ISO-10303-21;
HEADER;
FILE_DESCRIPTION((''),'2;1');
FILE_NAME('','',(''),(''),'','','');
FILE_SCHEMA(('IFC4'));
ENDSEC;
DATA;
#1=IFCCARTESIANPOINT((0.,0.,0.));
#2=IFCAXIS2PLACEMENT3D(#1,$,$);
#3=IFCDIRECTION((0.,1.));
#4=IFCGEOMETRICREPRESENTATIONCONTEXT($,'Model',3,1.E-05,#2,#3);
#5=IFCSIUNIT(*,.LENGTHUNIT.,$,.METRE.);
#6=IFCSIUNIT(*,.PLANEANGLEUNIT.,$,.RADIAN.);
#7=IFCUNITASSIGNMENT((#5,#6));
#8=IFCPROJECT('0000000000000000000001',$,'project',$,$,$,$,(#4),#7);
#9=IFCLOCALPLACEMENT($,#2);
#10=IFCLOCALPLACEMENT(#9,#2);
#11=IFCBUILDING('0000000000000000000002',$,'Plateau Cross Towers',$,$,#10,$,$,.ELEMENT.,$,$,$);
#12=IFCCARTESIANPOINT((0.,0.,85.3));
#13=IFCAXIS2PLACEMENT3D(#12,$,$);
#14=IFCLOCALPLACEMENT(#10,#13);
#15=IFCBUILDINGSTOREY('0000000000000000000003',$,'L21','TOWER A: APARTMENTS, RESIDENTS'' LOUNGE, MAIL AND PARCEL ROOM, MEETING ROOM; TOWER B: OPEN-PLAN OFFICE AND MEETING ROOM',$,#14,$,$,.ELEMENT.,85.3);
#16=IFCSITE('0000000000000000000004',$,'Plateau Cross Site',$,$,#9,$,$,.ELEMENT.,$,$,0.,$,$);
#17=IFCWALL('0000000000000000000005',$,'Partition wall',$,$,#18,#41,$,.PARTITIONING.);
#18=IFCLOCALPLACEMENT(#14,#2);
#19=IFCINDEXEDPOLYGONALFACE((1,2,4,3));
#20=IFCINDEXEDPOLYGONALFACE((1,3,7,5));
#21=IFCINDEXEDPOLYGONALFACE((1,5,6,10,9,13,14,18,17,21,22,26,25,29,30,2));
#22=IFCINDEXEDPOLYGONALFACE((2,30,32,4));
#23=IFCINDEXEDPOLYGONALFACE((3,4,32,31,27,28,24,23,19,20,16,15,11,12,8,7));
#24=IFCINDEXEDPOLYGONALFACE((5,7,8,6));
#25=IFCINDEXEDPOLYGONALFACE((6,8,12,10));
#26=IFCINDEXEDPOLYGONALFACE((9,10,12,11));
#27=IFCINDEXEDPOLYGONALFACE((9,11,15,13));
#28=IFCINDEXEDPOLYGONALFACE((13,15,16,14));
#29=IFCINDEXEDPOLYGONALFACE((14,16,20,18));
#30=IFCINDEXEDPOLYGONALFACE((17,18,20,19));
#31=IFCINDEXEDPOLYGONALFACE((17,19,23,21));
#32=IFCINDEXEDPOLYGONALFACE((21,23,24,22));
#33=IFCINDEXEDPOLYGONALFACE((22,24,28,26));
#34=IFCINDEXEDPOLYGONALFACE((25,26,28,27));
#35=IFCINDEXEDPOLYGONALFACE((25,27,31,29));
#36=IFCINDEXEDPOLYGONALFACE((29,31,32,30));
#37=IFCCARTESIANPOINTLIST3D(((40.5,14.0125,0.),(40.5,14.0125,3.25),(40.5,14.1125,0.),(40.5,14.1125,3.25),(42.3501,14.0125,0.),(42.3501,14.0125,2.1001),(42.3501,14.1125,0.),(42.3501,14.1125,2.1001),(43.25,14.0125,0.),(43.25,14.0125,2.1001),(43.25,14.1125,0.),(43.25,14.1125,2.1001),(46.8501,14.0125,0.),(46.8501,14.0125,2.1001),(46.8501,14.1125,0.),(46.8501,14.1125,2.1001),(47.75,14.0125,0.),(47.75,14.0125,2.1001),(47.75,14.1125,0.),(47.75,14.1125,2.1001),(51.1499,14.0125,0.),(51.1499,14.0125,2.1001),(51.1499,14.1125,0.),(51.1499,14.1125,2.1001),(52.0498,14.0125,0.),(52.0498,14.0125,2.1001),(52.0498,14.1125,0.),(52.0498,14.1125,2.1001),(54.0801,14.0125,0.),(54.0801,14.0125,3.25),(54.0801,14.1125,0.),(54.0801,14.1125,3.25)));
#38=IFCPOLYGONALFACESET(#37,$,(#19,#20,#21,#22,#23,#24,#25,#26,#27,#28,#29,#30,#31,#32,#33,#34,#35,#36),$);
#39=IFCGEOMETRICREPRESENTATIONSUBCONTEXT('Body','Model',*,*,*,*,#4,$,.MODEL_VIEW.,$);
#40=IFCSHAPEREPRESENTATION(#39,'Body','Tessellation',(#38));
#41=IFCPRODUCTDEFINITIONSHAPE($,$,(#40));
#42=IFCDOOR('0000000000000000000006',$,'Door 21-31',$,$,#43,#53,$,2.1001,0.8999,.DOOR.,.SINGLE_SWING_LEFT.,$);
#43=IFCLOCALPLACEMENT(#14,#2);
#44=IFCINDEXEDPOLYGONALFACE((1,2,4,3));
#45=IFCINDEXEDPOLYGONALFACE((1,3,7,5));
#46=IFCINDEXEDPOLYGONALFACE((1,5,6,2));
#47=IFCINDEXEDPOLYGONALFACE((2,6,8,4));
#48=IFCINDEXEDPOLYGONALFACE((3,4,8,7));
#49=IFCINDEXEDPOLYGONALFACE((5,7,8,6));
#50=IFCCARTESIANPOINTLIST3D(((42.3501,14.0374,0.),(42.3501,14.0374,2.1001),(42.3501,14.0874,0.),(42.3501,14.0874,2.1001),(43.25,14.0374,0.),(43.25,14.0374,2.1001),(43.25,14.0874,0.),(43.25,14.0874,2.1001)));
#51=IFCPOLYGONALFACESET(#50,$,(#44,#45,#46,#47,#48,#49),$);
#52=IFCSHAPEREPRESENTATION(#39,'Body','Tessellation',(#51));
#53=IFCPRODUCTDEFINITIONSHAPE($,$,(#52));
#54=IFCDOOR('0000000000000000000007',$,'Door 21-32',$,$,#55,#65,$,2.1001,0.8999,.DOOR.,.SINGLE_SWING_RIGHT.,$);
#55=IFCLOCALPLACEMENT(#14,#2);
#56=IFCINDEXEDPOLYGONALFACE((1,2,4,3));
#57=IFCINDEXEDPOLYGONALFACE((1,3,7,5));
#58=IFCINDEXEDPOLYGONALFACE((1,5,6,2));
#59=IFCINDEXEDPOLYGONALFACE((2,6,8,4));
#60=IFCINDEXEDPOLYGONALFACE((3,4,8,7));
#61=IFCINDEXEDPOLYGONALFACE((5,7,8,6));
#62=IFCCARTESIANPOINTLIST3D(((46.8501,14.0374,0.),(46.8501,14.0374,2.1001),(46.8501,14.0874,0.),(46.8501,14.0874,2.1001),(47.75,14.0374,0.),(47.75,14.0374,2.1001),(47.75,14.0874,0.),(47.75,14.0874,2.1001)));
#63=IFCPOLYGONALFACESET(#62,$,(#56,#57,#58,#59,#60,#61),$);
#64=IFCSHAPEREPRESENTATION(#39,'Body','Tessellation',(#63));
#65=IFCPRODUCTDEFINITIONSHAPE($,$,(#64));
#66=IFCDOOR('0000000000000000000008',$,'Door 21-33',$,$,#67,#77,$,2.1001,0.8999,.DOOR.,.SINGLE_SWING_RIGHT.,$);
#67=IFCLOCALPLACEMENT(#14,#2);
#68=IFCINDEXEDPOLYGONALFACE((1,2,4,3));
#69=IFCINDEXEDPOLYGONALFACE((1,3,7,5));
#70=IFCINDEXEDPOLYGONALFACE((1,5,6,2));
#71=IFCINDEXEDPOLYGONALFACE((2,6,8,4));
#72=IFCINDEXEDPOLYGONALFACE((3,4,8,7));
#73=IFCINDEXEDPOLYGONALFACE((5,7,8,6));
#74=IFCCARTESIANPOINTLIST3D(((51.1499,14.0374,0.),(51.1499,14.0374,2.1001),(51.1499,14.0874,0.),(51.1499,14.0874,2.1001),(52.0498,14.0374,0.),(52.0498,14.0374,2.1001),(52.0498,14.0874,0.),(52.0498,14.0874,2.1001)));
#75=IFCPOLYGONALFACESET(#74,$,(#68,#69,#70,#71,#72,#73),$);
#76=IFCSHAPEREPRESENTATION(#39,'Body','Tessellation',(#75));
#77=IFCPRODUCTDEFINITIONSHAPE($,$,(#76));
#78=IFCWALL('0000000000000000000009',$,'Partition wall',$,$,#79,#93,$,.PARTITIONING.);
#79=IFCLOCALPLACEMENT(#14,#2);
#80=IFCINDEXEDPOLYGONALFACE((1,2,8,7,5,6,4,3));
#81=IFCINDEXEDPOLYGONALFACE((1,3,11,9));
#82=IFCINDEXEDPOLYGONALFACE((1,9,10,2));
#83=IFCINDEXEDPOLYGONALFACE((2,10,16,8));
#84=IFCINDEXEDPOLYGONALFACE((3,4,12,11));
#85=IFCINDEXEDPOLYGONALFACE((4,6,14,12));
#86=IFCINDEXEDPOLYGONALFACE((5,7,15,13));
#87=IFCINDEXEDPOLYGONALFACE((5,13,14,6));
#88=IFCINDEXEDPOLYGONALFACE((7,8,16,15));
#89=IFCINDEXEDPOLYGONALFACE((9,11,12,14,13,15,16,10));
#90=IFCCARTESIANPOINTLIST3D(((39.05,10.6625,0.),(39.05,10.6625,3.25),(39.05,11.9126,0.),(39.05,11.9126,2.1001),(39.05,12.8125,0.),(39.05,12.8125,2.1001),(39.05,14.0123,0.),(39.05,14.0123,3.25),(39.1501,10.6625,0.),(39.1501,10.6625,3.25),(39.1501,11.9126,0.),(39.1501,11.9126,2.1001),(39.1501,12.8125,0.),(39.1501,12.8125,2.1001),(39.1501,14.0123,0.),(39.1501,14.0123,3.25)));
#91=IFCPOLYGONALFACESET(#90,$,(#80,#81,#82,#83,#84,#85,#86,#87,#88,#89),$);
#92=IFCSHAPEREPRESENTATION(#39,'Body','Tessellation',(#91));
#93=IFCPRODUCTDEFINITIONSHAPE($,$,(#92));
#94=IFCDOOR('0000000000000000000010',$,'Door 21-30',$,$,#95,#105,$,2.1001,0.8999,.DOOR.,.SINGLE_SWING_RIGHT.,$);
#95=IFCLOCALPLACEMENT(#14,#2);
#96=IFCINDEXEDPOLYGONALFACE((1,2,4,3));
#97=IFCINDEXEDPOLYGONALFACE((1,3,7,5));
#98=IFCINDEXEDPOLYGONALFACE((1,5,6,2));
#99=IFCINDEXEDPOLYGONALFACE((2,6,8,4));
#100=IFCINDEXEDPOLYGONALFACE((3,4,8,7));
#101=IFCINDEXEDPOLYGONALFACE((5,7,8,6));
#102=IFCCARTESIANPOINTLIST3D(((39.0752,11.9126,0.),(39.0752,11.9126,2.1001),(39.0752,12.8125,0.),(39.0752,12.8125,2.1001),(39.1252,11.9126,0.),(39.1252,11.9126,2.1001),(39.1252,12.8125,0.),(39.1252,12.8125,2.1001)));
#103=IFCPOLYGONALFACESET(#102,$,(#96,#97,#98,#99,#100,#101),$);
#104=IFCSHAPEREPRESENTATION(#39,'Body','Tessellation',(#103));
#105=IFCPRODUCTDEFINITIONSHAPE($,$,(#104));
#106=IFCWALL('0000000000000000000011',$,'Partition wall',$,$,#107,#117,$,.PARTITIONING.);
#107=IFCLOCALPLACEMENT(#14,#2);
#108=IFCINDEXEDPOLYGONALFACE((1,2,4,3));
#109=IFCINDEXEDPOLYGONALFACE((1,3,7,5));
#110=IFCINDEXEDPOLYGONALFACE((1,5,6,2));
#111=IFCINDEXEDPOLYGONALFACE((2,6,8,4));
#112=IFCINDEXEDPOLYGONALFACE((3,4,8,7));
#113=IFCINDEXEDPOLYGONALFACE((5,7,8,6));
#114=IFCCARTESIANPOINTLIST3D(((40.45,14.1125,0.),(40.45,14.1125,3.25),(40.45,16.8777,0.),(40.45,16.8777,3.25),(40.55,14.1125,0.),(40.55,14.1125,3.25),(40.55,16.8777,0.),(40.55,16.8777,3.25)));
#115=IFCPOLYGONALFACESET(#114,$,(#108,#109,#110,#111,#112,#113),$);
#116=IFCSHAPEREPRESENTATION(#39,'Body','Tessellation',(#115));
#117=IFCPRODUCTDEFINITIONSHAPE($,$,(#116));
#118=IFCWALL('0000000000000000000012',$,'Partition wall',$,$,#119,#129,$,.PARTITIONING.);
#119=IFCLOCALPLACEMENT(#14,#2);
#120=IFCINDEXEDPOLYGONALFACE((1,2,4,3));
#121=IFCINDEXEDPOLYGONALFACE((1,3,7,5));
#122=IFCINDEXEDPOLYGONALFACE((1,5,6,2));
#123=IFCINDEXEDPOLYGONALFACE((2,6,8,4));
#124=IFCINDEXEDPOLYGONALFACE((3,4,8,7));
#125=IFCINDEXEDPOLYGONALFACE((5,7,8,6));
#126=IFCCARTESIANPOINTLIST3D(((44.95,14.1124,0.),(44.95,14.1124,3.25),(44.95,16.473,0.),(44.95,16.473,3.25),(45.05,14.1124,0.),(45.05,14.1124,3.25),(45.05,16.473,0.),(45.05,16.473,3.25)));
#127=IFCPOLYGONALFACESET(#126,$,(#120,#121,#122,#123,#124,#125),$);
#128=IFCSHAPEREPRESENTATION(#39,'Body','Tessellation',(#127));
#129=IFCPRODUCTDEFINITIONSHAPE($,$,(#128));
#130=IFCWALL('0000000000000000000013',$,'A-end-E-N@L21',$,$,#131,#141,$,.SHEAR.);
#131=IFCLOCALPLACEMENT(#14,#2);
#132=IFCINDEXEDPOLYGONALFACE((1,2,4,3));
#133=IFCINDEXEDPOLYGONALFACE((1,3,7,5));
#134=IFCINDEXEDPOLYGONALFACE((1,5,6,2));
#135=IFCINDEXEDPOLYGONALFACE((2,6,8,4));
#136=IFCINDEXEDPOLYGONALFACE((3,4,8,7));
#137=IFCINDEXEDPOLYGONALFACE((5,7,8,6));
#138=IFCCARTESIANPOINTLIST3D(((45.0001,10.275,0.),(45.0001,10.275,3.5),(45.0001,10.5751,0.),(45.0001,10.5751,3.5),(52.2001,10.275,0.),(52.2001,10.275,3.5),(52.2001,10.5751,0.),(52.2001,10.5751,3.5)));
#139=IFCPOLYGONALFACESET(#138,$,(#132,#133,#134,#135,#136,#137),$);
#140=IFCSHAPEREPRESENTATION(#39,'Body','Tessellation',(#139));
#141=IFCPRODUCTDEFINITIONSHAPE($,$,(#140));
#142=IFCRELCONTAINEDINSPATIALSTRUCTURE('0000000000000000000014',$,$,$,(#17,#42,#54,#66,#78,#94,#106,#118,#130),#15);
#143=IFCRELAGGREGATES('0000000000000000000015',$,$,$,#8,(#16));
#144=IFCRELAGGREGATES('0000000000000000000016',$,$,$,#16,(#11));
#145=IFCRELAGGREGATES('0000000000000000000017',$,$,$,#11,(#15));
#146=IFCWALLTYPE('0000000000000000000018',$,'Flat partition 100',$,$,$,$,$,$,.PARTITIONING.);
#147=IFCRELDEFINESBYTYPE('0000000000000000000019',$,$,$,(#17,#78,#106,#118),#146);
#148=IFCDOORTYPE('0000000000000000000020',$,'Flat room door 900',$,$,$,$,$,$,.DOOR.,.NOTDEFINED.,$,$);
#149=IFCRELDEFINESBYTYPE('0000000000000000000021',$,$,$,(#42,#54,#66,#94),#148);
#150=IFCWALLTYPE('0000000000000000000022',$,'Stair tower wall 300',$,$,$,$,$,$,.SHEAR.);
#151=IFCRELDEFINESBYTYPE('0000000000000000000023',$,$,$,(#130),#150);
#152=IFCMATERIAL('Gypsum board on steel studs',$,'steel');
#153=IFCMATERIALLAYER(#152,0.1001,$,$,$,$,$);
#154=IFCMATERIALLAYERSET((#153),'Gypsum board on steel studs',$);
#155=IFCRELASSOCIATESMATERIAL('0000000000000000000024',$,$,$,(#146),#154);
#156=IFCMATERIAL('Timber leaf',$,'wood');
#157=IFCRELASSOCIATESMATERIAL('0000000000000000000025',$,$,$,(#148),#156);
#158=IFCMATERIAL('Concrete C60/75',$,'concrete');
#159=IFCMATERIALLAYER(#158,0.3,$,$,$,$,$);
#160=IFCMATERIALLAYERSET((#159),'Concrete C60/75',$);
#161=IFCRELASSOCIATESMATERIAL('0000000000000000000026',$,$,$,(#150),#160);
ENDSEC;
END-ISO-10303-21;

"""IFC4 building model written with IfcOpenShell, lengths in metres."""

from ifc_helpers import new_model, si_unit, direction, frame, frame_2d, origin, place, context, subcontext, project, spatial, rectangle, extrude, material, layer, layer_set, type_object, element, fill, save


model = new_model("IFC4")

# Units and contexts
model_context = context("Model", 3, precision=1e-05, world=origin(), true_north=direction((0.0, 1.0)))
body_context = subcontext(model_context, "Body", "Model", "MODEL_VIEW")
ifc_project = project(units=[si_unit("LENGTHUNIT", "METRE"), si_unit("PLANEANGLEUNIT", "RADIAN")], contexts=[model_context])

# Site, building, storey
site_placement = place(None, origin())
site = spatial("IfcSite", under=ifc_project, at=site_placement, Name="Plateau Cross Site", CompositionType="ELEMENT", RefElevation=0.0)
building_placement = place(site_placement, origin())
building = spatial("IfcBuilding", under=site, at=building_placement, Name="Plateau Cross Towers", CompositionType="ELEMENT")
storey_placement = place(building_placement, frame((0.0, 0.0, 85.3)))
storey = spatial("IfcBuildingStorey", under=building, at=storey_placement, Name="L21", Description="TOWER A: APARTMENTS, RESIDENTS' LOUNGE, MAIL AND PARCEL ROOM, MEETING ROOM; TOWER B: OPEN-PLAN OFFICE AND MEETING ROOM", CompositionType="ELEMENT", Elevation=85.3)

# Shared definitions
ifc_material_1 = material(Name="Gypsum board on steel studs", Category="steel")
ifc_layer_1 = layer(ifc_material_1, 0.1001)
ifc_layer_set_1 = layer_set([ifc_layer_1], Name="Gypsum board on steel studs")
wall_type_1 = type_object("IfcWallType", Name="Flat partition 100", PredefinedType="PARTITIONING", material=ifc_layer_set_1)
ifc_material_2 = material(Name="Timber leaf", Category="wood")
door_type = type_object("IfcDoorType", Name="Flat room door 900", OperationType="NOTDEFINED", PredefinedType="DOOR", material=ifc_material_2)

# Wall, openings, doors
wall_1_placement = place(storey_placement, frame((40.5, 14.0625, 0.0), z_axis=(0.0, 0.0, 1.0), x_axis=(1.0, 0.0, 0.0)))
wall_1 = element("IfcWall", 1, at=wall_1_placement, inside=storey, type_object=wall_type_1, Name="Partition wall", PredefinedType="PARTITIONING", context=body_context, shape_type="SweptSolid", body=[
    extrude(rectangle(XDim=13.5801, YDim=0.1001, at=frame_2d((6.79, 0.0))), origin(), (0.0, 0.0, 1.0), 3.25),
])
opening_1_placement = place(wall_1_placement, frame((1.8501, 0.0, 0.0)))
opening_1 = element("IfcOpeningElement", 2, at=opening_1_placement, cuts=wall_1, PredefinedType="OPENING", context=body_context, shape_type="SweptSolid", body=[
    extrude(rectangle(XDim=0.8999, YDim=2.1001, at=frame_2d((0.45, 1.05))), frame((0.0, 0.0601, 0.0), z_axis=(0.0, -1.0, 0.0), x_axis=(1.0, 0.0, 0.0)), (0.0, 0.0, 1.0), 0.1201),
])
opening_2_placement = place(wall_1_placement, frame((6.3501, 0.0, 0.0)))
opening_2 = element("IfcOpeningElement", 3, at=opening_2_placement, cuts=wall_1, PredefinedType="OPENING", context=body_context, shape_type="SweptSolid", body=[
    extrude(rectangle(XDim=0.8999, YDim=2.1001, at=frame_2d((0.45, 1.05))), frame((0.0, 0.0601, 0.0), z_axis=(0.0, -1.0, 0.0), x_axis=(1.0, 0.0, 0.0)), (0.0, 0.0, 1.0), 0.1201),
])
opening_3_placement = place(wall_1_placement, frame((10.6499, 0.0, 0.0)))
opening_3 = element("IfcOpeningElement", 4, at=opening_3_placement, cuts=wall_1, PredefinedType="OPENING", context=body_context, shape_type="SweptSolid", body=[
    extrude(rectangle(XDim=0.8999, YDim=2.1001, at=frame_2d((0.45, 1.05))), frame((0.0, 0.0601, 0.0), z_axis=(0.0, -1.0, 0.0), x_axis=(1.0, 0.0, 0.0)), (0.0, 0.0, 1.0), 0.1201),
])
door_1_placement = place(opening_1_placement, origin())
door_1 = element("IfcDoor", 5, at=door_1_placement, inside=storey, type_object=door_type, Name="Door 21-31", OperationType="SINGLE_SWING_LEFT", OverallHeight=2.1001, OverallWidth=0.8999, PredefinedType="DOOR", context=body_context, shape_type="SweptSolid", body=[
    extrude(rectangle(XDim=0.8999, YDim=2.1001, at=frame_2d((0.45, 1.05))), frame((0.0, 0.0249, 0.0), z_axis=(0.0, -1.0, 0.0), x_axis=(1.0, 0.0, 0.0)), (0.0, 0.0, 1.0), 0.05),
])
fill(opening_1, door_1)
door_2_placement = place(opening_2_placement, origin())
door_2 = element("IfcDoor", 6, at=door_2_placement, inside=storey, type_object=door_type, Name="Door 21-32", OperationType="SINGLE_SWING_RIGHT", OverallHeight=2.1001, OverallWidth=0.8999, PredefinedType="DOOR", context=body_context, shape_type="SweptSolid", body=[
    extrude(rectangle(XDim=0.8999, YDim=2.1001, at=frame_2d((0.45, 1.05))), frame((0.0, 0.0249, 0.0), z_axis=(0.0, -1.0, 0.0), x_axis=(1.0, 0.0, 0.0)), (0.0, 0.0, 1.0), 0.05),
])
fill(opening_2, door_2)
door_3_placement = place(opening_3_placement, origin())
door_3 = element("IfcDoor", 7, at=door_3_placement, inside=storey, type_object=door_type, Name="Door 21-33", OperationType="SINGLE_SWING_RIGHT", OverallHeight=2.1001, OverallWidth=0.8999, PredefinedType="DOOR", context=body_context, shape_type="SweptSolid", body=[
    extrude(rectangle(XDim=0.8999, YDim=2.1001, at=frame_2d((0.45, 1.05))), frame((0.0, 0.0249, 0.0), z_axis=(0.0, -1.0, 0.0), x_axis=(1.0, 0.0, 0.0)), (0.0, 0.0, 1.0), 0.05),
])
fill(opening_3, door_3)

# Wall, opening, door
wall_2_placement = place(storey_placement, frame((39.1001, 10.6626, 0.0), z_axis=(0.0, 0.0, 1.0), x_axis=(0.0, 1.0, 0.0)))
wall_2 = element("IfcWall", 8, at=wall_2_placement, inside=storey, type_object=wall_type_1, Name="Partition wall", PredefinedType="PARTITIONING", context=body_context, shape_type="SweptSolid", body=[
    extrude(rectangle(XDim=3.3499, YDim=0.1001, at=frame_2d((1.6748, 0.0))), origin(), (0.0, 0.0, 1.0), 3.25),
])
opening_4_placement = place(wall_2_placement, frame((1.25, 0.0, 0.0)))
opening_4 = element("IfcOpeningElement", 9, at=opening_4_placement, cuts=wall_2, PredefinedType="OPENING", context=body_context, shape_type="SweptSolid", body=[
    extrude(rectangle(XDim=0.8999, YDim=2.1001, at=frame_2d((0.45, 1.05))), frame((0.0, 0.0601, 0.0), z_axis=(0.0, -1.0, 0.0), x_axis=(1.0, 0.0, 0.0)), (0.0, 0.0, 1.0), 0.1201),
])
door_4_placement = place(opening_4_placement, origin())
door_4 = element("IfcDoor", 10, at=door_4_placement, inside=storey, type_object=door_type, Name="Door 21-30", OperationType="SINGLE_SWING_RIGHT", OverallHeight=2.1001, OverallWidth=0.8999, PredefinedType="DOOR", context=body_context, shape_type="SweptSolid", body=[
    extrude(rectangle(XDim=0.8999, YDim=2.1001, at=frame_2d((0.45, 1.05))), frame((0.0, 0.0249, 0.0), z_axis=(0.0, -1.0, 0.0), x_axis=(1.0, 0.0, 0.0)), (0.0, 0.0, 1.0), 0.05),
])
fill(opening_4, door_4)

# Walls
wall_3_placement = place(storey_placement, frame((40.5, 16.8777, 0.0), z_axis=(0.0, 0.0, 1.0), x_axis=(0.0, -1.0, 0.0)))
element("IfcWall", 11, at=wall_3_placement, inside=storey, type_object=wall_type_1, Name="Partition wall", PredefinedType="PARTITIONING", context=body_context, shape_type="SweptSolid", body=[
    extrude(rectangle(XDim=2.7651, YDim=0.1001, at=frame_2d((1.3826, 0.0))), origin(), (0.0, 0.0, 1.0), 3.25),
])
wall_4_placement = place(storey_placement, frame((45.0, 14.1125, 0.0), z_axis=(0.0, 0.0, 1.0), x_axis=(0.0, 1.0, 0.0)))
element("IfcWall", 12, at=wall_4_placement, inside=storey, type_object=wall_type_1, Name="Partition wall", PredefinedType="PARTITIONING", context=body_context, shape_type="SweptSolid", body=[
    extrude(rectangle(XDim=2.3606, YDim=0.1001, at=frame_2d((1.1802, 0.0))), origin(), (0.0, 0.0, 1.0), 3.25),
])
ifc_material_3 = material(Name="Concrete C60/75", Category="concrete")
ifc_layer_2 = layer(ifc_material_3, 0.3)
ifc_layer_set_2 = layer_set([ifc_layer_2], Name="Concrete C60/75")
wall_type_2 = type_object("IfcWallType", Name="Stair tower wall 300", PredefinedType="SHEAR", material=ifc_layer_set_2)
wall_5_placement = place(storey_placement, frame((45.0, 10.425, 0.0), z_axis=(0.0, 0.0, 1.0), x_axis=(1.0, 0.0, 0.0)))
element("IfcWall", 13, at=wall_5_placement, inside=storey, type_object=wall_type_2, Name="A-end-E-N@L21", PredefinedType="SHEAR", context=body_context, shape_type="SweptSolid", body=[
    extrude(rectangle(XDim=7.2, YDim=0.3, at=frame_2d((3.6001, 0.0))), origin(), (0.0, 0.0, 1.0), 3.5),
])

save(model, "model.ifc")
